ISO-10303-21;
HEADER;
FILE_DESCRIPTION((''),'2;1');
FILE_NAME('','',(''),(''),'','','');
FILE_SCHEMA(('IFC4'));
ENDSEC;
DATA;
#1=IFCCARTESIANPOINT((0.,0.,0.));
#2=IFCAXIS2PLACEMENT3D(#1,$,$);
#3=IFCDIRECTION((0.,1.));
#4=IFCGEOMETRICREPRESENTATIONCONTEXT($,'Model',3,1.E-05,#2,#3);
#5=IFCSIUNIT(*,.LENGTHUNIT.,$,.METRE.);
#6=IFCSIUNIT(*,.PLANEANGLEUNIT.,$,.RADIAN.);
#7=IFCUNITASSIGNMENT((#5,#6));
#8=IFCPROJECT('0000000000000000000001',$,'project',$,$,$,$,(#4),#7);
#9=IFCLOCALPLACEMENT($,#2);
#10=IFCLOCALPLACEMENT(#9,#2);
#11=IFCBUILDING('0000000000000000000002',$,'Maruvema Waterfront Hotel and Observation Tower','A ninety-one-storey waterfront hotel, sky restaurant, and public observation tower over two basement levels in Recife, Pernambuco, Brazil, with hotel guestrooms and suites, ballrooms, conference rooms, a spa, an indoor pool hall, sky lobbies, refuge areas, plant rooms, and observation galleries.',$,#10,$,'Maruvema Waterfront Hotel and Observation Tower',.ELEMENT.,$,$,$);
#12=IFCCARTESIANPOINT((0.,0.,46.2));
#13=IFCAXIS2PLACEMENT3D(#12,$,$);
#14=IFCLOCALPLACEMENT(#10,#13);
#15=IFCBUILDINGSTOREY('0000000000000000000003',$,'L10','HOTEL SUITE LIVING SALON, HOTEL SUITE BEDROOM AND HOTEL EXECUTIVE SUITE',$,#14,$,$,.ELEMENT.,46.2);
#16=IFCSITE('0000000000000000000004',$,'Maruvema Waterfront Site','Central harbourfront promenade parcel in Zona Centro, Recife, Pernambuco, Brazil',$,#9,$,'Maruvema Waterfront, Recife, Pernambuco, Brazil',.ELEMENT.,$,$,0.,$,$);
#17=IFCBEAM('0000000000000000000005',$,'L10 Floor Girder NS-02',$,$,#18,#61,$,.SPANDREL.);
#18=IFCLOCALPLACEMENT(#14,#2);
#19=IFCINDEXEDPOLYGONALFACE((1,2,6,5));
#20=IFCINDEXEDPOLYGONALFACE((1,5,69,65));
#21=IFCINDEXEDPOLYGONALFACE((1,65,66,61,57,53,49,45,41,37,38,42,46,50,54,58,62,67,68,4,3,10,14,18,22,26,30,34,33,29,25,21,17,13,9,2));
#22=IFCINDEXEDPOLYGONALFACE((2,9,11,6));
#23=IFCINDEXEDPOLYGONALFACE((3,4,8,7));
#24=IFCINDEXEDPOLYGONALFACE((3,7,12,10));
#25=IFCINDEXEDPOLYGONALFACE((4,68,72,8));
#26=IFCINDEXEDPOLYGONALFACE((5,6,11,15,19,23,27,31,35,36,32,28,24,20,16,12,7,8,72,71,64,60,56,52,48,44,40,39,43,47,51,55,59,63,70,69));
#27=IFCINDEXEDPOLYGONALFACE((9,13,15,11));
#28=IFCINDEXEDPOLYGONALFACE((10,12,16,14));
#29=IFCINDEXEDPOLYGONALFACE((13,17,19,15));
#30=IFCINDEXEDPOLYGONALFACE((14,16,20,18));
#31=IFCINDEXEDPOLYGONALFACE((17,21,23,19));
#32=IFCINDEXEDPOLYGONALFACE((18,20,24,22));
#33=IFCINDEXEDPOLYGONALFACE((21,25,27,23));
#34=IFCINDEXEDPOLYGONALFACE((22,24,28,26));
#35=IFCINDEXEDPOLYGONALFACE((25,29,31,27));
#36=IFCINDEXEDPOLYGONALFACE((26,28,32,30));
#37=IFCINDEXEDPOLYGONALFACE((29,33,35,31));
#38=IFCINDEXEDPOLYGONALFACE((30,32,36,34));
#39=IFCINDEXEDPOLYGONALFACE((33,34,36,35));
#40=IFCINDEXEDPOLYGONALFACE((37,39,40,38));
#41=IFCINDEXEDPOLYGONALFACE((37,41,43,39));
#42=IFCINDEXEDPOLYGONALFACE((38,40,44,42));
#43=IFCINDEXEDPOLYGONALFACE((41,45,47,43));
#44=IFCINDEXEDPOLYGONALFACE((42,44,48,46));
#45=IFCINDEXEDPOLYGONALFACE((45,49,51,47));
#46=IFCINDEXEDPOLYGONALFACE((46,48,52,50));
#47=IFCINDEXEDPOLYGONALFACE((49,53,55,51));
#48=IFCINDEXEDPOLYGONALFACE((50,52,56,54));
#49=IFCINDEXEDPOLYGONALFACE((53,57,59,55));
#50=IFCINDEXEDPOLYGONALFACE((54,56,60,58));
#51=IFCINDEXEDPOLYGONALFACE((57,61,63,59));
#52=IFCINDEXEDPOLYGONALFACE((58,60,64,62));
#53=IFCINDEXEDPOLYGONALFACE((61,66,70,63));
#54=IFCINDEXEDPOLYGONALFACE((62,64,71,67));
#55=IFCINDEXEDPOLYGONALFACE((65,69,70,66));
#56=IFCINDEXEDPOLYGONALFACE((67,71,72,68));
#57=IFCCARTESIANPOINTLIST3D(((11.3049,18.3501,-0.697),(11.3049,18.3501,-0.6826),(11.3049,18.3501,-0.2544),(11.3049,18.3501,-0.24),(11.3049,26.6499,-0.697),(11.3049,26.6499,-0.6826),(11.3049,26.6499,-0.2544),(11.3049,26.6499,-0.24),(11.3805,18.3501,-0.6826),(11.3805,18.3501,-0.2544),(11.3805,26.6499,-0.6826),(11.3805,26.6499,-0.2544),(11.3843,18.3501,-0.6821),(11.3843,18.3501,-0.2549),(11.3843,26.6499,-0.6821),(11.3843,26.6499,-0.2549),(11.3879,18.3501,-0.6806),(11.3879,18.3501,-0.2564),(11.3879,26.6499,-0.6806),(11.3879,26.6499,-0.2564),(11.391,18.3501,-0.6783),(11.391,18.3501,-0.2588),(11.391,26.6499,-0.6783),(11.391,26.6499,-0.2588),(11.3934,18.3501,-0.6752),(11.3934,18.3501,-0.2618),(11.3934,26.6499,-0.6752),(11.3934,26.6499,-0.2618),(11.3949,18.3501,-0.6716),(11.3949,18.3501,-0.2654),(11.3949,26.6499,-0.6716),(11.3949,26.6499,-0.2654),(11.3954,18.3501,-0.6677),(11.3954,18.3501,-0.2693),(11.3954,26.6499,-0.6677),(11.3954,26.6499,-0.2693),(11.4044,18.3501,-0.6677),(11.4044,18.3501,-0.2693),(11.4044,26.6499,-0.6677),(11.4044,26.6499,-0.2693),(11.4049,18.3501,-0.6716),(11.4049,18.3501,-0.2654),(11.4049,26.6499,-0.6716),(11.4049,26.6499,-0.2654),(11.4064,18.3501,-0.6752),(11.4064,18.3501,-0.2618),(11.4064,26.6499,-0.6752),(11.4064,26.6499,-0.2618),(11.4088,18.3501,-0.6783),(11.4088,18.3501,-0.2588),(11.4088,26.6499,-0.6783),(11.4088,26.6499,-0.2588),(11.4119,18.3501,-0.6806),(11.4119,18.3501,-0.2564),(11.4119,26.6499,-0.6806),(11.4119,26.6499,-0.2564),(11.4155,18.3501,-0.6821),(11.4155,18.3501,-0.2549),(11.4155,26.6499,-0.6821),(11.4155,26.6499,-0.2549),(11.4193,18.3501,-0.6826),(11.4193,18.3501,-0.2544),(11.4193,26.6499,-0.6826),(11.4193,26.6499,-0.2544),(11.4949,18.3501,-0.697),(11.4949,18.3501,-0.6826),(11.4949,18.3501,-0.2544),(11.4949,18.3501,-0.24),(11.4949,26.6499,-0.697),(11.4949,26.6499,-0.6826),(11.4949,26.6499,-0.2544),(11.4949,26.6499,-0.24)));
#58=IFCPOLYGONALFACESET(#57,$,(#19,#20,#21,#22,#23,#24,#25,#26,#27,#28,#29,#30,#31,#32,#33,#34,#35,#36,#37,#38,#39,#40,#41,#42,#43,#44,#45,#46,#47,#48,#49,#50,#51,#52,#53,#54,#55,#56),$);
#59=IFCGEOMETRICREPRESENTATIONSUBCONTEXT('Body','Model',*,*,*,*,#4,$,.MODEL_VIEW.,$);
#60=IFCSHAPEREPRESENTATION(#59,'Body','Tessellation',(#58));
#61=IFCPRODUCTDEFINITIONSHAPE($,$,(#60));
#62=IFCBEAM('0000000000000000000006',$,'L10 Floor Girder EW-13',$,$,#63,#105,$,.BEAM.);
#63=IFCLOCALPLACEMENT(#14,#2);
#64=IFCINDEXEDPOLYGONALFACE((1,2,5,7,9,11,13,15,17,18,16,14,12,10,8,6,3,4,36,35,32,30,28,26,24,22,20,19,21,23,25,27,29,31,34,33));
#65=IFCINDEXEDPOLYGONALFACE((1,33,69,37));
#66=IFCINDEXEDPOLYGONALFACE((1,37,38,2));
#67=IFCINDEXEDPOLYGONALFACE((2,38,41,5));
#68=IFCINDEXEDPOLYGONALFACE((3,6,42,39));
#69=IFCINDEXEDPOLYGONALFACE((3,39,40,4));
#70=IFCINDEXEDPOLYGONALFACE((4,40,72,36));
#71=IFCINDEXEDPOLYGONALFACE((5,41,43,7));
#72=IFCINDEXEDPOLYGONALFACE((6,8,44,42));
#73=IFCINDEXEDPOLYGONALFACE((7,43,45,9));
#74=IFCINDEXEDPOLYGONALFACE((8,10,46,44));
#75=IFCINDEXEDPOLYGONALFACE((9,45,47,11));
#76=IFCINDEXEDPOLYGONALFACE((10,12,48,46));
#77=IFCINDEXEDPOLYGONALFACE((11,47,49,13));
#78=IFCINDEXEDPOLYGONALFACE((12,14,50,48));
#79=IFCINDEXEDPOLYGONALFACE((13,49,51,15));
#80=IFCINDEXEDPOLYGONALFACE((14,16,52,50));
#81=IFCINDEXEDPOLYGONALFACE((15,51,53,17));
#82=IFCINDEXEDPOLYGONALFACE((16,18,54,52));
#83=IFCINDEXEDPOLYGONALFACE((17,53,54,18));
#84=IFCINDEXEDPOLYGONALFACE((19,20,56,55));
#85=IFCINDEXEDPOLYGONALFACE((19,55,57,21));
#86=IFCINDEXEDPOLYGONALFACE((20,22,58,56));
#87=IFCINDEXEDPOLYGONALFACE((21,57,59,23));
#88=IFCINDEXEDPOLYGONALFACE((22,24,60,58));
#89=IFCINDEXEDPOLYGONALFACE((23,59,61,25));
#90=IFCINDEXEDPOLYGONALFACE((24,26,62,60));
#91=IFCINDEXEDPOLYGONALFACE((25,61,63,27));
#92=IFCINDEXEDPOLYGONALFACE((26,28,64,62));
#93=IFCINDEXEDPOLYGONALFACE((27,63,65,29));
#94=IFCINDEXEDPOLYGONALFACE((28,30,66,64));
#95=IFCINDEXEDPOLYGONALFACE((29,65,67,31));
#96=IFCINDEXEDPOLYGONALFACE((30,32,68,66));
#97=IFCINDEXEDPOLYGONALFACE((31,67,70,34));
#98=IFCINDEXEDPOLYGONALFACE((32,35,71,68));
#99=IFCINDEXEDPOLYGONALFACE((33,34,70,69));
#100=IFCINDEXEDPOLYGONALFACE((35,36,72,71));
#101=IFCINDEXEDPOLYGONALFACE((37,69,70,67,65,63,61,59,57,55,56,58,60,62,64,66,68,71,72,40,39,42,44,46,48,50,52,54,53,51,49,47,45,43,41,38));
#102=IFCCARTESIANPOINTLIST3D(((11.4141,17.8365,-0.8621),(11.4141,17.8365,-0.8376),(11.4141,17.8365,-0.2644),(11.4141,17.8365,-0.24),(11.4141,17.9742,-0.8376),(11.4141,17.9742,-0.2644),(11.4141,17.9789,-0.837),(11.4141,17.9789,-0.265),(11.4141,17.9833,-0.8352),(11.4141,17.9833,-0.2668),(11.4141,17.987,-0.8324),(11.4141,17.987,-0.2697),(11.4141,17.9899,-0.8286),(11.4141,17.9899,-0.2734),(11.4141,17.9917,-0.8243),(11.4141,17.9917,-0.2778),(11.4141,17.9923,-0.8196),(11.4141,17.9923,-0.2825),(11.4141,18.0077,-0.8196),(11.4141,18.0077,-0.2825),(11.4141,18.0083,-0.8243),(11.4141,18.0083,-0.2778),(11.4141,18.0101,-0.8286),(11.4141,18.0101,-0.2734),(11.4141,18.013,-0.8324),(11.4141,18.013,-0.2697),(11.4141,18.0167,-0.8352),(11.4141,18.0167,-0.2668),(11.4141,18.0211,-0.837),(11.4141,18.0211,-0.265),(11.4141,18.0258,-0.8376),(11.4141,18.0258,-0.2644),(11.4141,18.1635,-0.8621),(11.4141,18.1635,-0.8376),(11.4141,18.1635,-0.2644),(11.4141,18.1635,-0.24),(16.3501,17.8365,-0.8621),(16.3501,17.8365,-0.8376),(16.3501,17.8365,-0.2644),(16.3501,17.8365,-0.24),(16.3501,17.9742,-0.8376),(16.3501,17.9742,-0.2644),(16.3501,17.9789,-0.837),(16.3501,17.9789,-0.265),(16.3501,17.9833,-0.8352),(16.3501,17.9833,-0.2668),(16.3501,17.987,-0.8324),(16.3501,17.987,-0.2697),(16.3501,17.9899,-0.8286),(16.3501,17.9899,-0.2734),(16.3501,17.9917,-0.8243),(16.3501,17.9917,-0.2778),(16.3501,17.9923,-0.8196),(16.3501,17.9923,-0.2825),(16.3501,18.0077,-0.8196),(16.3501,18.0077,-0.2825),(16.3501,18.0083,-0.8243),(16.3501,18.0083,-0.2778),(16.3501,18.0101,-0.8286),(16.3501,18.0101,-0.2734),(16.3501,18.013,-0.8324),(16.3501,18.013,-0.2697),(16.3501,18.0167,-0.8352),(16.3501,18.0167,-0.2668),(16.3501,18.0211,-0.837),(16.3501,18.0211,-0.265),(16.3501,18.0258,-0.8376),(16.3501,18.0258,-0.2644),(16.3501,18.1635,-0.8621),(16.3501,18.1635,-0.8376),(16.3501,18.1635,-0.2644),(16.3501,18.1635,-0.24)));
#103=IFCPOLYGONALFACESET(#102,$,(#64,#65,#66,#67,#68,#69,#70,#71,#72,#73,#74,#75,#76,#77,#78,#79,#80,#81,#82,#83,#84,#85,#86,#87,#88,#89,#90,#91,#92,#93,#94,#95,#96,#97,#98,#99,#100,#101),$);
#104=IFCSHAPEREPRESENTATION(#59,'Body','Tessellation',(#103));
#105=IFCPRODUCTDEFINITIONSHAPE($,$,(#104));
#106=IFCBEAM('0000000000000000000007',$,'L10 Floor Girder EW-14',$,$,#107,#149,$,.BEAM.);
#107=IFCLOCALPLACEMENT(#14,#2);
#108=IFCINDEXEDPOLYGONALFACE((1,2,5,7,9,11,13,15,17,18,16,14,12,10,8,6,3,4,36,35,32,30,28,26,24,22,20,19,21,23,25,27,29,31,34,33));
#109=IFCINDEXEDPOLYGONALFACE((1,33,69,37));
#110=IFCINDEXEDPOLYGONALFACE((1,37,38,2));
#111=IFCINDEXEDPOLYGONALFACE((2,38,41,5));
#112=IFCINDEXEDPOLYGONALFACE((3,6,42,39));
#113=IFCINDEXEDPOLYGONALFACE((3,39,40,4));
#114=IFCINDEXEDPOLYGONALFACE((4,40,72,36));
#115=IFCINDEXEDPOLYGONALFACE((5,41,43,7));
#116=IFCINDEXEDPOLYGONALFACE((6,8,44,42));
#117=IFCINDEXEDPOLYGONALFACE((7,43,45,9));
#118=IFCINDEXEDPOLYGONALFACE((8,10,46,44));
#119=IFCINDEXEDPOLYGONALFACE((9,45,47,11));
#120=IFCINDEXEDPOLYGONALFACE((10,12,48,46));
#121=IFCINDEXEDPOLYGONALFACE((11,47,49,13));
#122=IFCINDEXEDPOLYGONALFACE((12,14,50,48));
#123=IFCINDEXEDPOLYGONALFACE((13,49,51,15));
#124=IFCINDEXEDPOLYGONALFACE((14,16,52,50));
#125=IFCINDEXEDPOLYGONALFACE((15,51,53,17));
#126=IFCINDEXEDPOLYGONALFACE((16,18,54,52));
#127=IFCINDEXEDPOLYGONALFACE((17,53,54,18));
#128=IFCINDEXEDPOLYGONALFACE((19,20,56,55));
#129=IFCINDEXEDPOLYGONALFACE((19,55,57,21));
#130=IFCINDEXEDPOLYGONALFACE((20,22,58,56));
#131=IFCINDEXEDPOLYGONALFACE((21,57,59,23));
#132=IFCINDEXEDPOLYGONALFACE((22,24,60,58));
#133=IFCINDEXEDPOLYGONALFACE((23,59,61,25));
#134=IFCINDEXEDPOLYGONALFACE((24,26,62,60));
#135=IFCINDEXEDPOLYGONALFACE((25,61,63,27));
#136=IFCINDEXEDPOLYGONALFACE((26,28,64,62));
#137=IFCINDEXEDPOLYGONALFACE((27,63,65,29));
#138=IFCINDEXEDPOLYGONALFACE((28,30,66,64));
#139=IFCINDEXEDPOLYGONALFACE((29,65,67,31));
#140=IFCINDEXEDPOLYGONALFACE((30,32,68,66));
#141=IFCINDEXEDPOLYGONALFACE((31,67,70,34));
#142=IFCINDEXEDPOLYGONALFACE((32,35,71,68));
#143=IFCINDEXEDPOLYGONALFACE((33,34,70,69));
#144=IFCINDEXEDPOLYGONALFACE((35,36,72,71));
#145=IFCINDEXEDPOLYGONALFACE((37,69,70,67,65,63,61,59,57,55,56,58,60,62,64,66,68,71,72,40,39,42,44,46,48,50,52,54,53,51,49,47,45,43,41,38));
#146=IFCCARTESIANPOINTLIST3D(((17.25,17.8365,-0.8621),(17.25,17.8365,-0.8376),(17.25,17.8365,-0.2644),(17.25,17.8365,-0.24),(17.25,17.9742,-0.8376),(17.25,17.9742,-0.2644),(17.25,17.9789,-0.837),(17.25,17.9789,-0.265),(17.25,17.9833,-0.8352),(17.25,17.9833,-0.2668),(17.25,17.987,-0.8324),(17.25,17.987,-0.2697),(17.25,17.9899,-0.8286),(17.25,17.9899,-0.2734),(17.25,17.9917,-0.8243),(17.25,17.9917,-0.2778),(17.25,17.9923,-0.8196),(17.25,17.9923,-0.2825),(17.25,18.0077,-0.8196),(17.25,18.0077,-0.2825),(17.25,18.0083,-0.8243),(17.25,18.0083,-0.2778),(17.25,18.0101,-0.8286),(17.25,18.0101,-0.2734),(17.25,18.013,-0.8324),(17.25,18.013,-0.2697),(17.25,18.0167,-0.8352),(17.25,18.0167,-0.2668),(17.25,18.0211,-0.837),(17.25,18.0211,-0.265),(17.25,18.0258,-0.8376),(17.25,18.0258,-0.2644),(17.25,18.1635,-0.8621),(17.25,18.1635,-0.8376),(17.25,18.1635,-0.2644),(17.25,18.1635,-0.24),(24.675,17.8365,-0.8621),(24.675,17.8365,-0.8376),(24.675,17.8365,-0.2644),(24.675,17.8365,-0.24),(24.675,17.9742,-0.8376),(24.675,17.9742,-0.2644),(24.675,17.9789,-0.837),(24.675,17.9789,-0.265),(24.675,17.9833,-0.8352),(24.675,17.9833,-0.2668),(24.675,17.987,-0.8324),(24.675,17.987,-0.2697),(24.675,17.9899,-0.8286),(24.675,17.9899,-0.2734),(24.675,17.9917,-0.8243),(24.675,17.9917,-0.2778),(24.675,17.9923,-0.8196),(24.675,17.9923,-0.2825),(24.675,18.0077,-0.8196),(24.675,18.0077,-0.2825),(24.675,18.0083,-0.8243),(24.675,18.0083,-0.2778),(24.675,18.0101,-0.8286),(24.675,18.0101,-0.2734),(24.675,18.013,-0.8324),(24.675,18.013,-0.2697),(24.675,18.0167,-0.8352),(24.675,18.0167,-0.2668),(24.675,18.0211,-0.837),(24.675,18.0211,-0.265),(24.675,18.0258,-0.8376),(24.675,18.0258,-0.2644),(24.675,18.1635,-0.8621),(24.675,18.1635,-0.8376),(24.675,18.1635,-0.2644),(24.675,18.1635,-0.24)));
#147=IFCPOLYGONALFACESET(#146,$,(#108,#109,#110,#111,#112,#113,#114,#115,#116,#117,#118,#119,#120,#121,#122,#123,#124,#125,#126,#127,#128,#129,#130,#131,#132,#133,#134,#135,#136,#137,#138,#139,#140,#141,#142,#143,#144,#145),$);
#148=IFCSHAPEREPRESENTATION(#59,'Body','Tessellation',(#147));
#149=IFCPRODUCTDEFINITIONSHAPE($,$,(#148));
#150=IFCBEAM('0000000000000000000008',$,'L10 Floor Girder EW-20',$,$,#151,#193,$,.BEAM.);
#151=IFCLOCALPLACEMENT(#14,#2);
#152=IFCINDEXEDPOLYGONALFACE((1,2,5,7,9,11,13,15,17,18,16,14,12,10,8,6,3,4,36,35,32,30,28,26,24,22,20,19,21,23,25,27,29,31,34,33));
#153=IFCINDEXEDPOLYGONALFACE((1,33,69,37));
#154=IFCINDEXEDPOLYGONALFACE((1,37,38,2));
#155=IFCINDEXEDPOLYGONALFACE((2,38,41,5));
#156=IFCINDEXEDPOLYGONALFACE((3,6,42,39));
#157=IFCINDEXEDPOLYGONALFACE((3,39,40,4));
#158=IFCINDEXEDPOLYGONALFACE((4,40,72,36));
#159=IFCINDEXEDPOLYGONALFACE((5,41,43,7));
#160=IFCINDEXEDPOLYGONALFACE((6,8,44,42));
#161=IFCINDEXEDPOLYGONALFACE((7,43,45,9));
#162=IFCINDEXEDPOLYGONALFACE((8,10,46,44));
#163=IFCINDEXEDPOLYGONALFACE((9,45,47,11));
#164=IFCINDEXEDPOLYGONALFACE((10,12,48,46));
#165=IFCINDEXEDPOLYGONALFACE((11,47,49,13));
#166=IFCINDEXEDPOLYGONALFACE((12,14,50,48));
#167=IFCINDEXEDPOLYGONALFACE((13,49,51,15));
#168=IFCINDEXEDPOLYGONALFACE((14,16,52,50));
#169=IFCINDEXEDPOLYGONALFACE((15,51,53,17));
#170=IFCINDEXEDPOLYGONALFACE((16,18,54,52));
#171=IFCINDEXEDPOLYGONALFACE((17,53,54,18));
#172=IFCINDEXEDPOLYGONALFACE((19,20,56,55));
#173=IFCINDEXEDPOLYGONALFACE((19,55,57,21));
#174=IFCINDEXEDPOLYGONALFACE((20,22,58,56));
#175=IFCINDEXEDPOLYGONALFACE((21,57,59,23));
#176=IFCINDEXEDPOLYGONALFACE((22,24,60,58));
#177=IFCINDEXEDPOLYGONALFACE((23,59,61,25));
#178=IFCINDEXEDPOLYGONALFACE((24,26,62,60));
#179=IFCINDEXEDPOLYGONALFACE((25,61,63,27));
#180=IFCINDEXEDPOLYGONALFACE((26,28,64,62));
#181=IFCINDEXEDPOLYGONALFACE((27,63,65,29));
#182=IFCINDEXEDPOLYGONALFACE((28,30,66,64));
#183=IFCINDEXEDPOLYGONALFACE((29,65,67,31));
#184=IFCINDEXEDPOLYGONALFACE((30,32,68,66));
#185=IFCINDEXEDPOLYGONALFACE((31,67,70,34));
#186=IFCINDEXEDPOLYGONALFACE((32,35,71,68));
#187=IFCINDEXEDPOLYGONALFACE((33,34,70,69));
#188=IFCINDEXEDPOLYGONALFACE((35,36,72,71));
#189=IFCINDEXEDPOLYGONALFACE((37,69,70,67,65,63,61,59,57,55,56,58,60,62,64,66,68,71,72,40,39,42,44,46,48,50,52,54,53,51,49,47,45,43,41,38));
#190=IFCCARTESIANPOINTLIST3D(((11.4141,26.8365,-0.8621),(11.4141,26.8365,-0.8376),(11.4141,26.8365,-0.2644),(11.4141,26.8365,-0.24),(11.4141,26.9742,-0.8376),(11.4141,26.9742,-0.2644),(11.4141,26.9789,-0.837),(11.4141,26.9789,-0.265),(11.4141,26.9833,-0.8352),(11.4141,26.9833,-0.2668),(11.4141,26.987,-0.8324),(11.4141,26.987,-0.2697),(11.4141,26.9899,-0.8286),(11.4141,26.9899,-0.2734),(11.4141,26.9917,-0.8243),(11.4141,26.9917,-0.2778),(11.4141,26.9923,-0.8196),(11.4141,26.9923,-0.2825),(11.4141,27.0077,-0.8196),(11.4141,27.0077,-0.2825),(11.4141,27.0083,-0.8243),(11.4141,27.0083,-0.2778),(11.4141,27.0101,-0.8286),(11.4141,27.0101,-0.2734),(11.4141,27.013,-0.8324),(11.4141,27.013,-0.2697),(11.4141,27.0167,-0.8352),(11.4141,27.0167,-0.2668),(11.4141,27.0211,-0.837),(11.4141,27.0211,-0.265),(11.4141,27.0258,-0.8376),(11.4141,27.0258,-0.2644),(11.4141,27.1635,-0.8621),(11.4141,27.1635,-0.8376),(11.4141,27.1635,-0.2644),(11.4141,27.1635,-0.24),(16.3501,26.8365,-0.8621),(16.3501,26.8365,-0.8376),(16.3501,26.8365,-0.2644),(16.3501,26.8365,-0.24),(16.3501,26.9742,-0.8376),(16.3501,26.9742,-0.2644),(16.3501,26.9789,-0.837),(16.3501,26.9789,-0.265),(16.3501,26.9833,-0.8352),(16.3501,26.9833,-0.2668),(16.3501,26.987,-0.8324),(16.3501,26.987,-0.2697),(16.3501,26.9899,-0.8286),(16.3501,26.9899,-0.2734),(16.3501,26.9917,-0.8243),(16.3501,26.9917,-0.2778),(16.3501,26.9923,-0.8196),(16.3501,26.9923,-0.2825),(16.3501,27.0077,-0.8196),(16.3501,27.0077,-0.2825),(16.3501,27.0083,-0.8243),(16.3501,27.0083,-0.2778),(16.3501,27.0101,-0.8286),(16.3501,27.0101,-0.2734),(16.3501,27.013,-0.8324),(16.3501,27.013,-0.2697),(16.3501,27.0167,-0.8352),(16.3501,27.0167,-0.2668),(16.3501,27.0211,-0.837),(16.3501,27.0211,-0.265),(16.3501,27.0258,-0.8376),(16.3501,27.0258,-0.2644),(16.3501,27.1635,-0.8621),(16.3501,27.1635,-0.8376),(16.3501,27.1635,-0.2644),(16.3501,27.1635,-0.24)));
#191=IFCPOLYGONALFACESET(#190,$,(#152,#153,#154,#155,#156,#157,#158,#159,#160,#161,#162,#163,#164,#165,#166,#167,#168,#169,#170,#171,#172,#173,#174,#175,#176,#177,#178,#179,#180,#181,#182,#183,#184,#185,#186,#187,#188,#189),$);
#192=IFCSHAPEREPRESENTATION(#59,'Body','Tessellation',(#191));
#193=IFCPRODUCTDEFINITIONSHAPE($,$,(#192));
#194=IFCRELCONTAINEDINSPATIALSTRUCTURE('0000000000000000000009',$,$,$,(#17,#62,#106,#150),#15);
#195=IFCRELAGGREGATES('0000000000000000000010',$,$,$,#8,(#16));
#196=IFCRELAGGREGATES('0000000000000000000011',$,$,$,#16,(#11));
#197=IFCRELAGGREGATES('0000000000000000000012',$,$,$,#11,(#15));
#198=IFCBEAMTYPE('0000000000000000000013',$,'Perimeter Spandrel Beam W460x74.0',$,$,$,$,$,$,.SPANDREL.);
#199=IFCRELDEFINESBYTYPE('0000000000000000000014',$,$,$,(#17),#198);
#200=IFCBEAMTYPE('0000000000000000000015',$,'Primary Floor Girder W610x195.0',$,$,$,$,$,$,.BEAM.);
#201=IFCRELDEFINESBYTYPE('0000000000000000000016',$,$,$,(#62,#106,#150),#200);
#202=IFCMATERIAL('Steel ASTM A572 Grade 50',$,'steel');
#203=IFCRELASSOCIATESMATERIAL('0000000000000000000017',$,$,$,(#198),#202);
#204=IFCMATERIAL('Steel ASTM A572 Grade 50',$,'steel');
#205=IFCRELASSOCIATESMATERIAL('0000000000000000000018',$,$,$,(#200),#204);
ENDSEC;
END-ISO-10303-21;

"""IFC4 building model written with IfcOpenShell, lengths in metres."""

from ifc_helpers import new_model, si_unit, direction, frame, origin, origin_2d, place, context, subcontext, project, spatial, i_section, extrude, material, material_profile, profile_set, type_object, element, save


model = new_model("IFC4")

# Units and contexts
model_context = context("Model", 3, precision=1e-05, world=origin(), true_north=direction((0.0, 1.0)))
body_context = subcontext(model_context, "Body", "Model", "MODEL_VIEW")
ifc_project = project(units=[si_unit("LENGTHUNIT", "METRE"), si_unit("PLANEANGLEUNIT", "RADIAN")], contexts=[model_context])

# Site, building, storey
site_placement = place(None, origin())
site = spatial("IfcSite", under=ifc_project, at=site_placement, Name="Maruvema Waterfront Site", Description="Central harbourfront promenade parcel in Zona Centro, Recife, Pernambuco, Brazil", LongName="Maruvema Waterfront, Recife, Pernambuco, Brazil", CompositionType="ELEMENT", RefElevation=0.0)
building_placement = place(site_placement, origin())
building = spatial("IfcBuilding", under=site, at=building_placement, Name="Maruvema Waterfront Hotel and Observation Tower", Description="A ninety-one-storey waterfront hotel, sky restaurant, and public observation tower over two basement levels in Recife, Pernambuco, Brazil, with hotel guestrooms and suites, ballrooms, conference rooms, a spa, an indoor pool hall, sky lobbies, refuge areas, plant rooms, and observation galleries.", LongName="Maruvema Waterfront Hotel and Observation Tower", CompositionType="ELEMENT")
storey_placement = place(building_placement, frame((0.0, 0.0, 46.2)))
storey = spatial("IfcBuildingStorey", under=building, at=storey_placement, Name="L10", Description="HOTEL SUITE LIVING SALON, HOTEL SUITE BEDROOM AND HOTEL EXECUTIVE SUITE", CompositionType="ELEMENT", Elevation=46.2)

# Beams
ifc_material_1 = material(Name="Steel ASTM A572 Grade 50", Category="steel")
ifc_material_profile_1 = material_profile(ifc_material_1, i_section(OverallWidth=0.1899, OverallDepth=0.457, WebThickness=0.009, FlangeThickness=0.0144, FilletRadius=0.0149, at=origin_2d()), Name="W460x74.0")
ifc_profile_set_1 = profile_set([ifc_material_profile_1], Name="Steel ASTM A572 Grade 50")
beam_type_1 = type_object("IfcBeamType", Name="Perimeter Spandrel Beam W460x74.0", PredefinedType="SPANDREL", material=ifc_profile_set_1)
beam_1_placement = place(storey_placement, frame((11.3999, 18.3501, -0.4685), z_axis=(0.0, 1.0, 0.0), x_axis=(-1.0, 0.0, 0.0)))
element("IfcBeam", 1, at=beam_1_placement, inside=storey, type_object=beam_type_1, Name="L10 Floor Girder NS-02", PredefinedType="SPANDREL", context=body_context, shape_type="SweptSolid", body=[
    extrude(i_section(OverallWidth=0.1899, OverallDepth=0.457, WebThickness=0.009, FlangeThickness=0.0144, FilletRadius=0.0149, at=origin_2d()), origin(), (0.0, 0.0, 1.0), 8.2998),
])
ifc_material_2 = material(Name="Steel ASTM A572 Grade 50", Category="steel")
ifc_material_profile_2 = material_profile(ifc_material_2, i_section(OverallWidth=0.3269, OverallDepth=0.6221, WebThickness=0.0154, FlangeThickness=0.0244, FilletRadius=0.0181, at=origin_2d()), Name="W610x195.0")
ifc_profile_set_2 = profile_set([ifc_material_profile_2], Name="Steel ASTM A572 Grade 50")
beam_type_2 = type_object("IfcBeamType", Name="Primary Floor Girder W610x195.0", PredefinedType="BEAM", material=ifc_profile_set_2)
beam_2_placement = place(storey_placement, frame((11.4141, 18.0, -0.551), z_axis=(1.0, 0.0, 0.0), x_axis=(0.0, 1.0, 0.0)))
element("IfcBeam", 2, at=beam_2_placement, inside=storey, type_object=beam_type_2, Name="L10 Floor Girder EW-13", PredefinedType="BEAM", context=body_context, shape_type="SweptSolid", body=[
    extrude(i_section(OverallWidth=0.3269, OverallDepth=0.6221, WebThickness=0.0154, FlangeThickness=0.0244, FilletRadius=0.0181, at=origin_2d()), origin(), (0.0, 0.0, 1.0), 4.936),
])
beam_3_placement = place(storey_placement, frame((17.25, 18.0, -0.551), z_axis=(1.0, 0.0, 0.0), x_axis=(0.0, 1.0, 0.0)))
element("IfcBeam", 3, at=beam_3_placement, inside=storey, type_object=beam_type_2, Name="L10 Floor Girder EW-14", PredefinedType="BEAM", context=body_context, shape_type="SweptSolid", body=[
    extrude(i_section(OverallWidth=0.3269, OverallDepth=0.6221, WebThickness=0.0154, FlangeThickness=0.0244, FilletRadius=0.0181, at=origin_2d()), origin(), (0.0, 0.0, 1.0), 7.425),
])
beam_4_placement = place(storey_placement, frame((11.4141, 27.0, -0.551), z_axis=(1.0, 0.0, 0.0), x_axis=(0.0, 1.0, 0.0)))
element("IfcBeam", 4, at=beam_4_placement, inside=storey, type_object=beam_type_2, Name="L10 Floor Girder EW-20", PredefinedType="BEAM", context=body_context, shape_type="SweptSolid", body=[
    extrude(i_section(OverallWidth=0.3269, OverallDepth=0.6221, WebThickness=0.0154, FlangeThickness=0.0244, FilletRadius=0.0181, at=origin_2d()), origin(), (0.0, 0.0, 1.0), 4.936),
])

save(model, "model.ifc")
